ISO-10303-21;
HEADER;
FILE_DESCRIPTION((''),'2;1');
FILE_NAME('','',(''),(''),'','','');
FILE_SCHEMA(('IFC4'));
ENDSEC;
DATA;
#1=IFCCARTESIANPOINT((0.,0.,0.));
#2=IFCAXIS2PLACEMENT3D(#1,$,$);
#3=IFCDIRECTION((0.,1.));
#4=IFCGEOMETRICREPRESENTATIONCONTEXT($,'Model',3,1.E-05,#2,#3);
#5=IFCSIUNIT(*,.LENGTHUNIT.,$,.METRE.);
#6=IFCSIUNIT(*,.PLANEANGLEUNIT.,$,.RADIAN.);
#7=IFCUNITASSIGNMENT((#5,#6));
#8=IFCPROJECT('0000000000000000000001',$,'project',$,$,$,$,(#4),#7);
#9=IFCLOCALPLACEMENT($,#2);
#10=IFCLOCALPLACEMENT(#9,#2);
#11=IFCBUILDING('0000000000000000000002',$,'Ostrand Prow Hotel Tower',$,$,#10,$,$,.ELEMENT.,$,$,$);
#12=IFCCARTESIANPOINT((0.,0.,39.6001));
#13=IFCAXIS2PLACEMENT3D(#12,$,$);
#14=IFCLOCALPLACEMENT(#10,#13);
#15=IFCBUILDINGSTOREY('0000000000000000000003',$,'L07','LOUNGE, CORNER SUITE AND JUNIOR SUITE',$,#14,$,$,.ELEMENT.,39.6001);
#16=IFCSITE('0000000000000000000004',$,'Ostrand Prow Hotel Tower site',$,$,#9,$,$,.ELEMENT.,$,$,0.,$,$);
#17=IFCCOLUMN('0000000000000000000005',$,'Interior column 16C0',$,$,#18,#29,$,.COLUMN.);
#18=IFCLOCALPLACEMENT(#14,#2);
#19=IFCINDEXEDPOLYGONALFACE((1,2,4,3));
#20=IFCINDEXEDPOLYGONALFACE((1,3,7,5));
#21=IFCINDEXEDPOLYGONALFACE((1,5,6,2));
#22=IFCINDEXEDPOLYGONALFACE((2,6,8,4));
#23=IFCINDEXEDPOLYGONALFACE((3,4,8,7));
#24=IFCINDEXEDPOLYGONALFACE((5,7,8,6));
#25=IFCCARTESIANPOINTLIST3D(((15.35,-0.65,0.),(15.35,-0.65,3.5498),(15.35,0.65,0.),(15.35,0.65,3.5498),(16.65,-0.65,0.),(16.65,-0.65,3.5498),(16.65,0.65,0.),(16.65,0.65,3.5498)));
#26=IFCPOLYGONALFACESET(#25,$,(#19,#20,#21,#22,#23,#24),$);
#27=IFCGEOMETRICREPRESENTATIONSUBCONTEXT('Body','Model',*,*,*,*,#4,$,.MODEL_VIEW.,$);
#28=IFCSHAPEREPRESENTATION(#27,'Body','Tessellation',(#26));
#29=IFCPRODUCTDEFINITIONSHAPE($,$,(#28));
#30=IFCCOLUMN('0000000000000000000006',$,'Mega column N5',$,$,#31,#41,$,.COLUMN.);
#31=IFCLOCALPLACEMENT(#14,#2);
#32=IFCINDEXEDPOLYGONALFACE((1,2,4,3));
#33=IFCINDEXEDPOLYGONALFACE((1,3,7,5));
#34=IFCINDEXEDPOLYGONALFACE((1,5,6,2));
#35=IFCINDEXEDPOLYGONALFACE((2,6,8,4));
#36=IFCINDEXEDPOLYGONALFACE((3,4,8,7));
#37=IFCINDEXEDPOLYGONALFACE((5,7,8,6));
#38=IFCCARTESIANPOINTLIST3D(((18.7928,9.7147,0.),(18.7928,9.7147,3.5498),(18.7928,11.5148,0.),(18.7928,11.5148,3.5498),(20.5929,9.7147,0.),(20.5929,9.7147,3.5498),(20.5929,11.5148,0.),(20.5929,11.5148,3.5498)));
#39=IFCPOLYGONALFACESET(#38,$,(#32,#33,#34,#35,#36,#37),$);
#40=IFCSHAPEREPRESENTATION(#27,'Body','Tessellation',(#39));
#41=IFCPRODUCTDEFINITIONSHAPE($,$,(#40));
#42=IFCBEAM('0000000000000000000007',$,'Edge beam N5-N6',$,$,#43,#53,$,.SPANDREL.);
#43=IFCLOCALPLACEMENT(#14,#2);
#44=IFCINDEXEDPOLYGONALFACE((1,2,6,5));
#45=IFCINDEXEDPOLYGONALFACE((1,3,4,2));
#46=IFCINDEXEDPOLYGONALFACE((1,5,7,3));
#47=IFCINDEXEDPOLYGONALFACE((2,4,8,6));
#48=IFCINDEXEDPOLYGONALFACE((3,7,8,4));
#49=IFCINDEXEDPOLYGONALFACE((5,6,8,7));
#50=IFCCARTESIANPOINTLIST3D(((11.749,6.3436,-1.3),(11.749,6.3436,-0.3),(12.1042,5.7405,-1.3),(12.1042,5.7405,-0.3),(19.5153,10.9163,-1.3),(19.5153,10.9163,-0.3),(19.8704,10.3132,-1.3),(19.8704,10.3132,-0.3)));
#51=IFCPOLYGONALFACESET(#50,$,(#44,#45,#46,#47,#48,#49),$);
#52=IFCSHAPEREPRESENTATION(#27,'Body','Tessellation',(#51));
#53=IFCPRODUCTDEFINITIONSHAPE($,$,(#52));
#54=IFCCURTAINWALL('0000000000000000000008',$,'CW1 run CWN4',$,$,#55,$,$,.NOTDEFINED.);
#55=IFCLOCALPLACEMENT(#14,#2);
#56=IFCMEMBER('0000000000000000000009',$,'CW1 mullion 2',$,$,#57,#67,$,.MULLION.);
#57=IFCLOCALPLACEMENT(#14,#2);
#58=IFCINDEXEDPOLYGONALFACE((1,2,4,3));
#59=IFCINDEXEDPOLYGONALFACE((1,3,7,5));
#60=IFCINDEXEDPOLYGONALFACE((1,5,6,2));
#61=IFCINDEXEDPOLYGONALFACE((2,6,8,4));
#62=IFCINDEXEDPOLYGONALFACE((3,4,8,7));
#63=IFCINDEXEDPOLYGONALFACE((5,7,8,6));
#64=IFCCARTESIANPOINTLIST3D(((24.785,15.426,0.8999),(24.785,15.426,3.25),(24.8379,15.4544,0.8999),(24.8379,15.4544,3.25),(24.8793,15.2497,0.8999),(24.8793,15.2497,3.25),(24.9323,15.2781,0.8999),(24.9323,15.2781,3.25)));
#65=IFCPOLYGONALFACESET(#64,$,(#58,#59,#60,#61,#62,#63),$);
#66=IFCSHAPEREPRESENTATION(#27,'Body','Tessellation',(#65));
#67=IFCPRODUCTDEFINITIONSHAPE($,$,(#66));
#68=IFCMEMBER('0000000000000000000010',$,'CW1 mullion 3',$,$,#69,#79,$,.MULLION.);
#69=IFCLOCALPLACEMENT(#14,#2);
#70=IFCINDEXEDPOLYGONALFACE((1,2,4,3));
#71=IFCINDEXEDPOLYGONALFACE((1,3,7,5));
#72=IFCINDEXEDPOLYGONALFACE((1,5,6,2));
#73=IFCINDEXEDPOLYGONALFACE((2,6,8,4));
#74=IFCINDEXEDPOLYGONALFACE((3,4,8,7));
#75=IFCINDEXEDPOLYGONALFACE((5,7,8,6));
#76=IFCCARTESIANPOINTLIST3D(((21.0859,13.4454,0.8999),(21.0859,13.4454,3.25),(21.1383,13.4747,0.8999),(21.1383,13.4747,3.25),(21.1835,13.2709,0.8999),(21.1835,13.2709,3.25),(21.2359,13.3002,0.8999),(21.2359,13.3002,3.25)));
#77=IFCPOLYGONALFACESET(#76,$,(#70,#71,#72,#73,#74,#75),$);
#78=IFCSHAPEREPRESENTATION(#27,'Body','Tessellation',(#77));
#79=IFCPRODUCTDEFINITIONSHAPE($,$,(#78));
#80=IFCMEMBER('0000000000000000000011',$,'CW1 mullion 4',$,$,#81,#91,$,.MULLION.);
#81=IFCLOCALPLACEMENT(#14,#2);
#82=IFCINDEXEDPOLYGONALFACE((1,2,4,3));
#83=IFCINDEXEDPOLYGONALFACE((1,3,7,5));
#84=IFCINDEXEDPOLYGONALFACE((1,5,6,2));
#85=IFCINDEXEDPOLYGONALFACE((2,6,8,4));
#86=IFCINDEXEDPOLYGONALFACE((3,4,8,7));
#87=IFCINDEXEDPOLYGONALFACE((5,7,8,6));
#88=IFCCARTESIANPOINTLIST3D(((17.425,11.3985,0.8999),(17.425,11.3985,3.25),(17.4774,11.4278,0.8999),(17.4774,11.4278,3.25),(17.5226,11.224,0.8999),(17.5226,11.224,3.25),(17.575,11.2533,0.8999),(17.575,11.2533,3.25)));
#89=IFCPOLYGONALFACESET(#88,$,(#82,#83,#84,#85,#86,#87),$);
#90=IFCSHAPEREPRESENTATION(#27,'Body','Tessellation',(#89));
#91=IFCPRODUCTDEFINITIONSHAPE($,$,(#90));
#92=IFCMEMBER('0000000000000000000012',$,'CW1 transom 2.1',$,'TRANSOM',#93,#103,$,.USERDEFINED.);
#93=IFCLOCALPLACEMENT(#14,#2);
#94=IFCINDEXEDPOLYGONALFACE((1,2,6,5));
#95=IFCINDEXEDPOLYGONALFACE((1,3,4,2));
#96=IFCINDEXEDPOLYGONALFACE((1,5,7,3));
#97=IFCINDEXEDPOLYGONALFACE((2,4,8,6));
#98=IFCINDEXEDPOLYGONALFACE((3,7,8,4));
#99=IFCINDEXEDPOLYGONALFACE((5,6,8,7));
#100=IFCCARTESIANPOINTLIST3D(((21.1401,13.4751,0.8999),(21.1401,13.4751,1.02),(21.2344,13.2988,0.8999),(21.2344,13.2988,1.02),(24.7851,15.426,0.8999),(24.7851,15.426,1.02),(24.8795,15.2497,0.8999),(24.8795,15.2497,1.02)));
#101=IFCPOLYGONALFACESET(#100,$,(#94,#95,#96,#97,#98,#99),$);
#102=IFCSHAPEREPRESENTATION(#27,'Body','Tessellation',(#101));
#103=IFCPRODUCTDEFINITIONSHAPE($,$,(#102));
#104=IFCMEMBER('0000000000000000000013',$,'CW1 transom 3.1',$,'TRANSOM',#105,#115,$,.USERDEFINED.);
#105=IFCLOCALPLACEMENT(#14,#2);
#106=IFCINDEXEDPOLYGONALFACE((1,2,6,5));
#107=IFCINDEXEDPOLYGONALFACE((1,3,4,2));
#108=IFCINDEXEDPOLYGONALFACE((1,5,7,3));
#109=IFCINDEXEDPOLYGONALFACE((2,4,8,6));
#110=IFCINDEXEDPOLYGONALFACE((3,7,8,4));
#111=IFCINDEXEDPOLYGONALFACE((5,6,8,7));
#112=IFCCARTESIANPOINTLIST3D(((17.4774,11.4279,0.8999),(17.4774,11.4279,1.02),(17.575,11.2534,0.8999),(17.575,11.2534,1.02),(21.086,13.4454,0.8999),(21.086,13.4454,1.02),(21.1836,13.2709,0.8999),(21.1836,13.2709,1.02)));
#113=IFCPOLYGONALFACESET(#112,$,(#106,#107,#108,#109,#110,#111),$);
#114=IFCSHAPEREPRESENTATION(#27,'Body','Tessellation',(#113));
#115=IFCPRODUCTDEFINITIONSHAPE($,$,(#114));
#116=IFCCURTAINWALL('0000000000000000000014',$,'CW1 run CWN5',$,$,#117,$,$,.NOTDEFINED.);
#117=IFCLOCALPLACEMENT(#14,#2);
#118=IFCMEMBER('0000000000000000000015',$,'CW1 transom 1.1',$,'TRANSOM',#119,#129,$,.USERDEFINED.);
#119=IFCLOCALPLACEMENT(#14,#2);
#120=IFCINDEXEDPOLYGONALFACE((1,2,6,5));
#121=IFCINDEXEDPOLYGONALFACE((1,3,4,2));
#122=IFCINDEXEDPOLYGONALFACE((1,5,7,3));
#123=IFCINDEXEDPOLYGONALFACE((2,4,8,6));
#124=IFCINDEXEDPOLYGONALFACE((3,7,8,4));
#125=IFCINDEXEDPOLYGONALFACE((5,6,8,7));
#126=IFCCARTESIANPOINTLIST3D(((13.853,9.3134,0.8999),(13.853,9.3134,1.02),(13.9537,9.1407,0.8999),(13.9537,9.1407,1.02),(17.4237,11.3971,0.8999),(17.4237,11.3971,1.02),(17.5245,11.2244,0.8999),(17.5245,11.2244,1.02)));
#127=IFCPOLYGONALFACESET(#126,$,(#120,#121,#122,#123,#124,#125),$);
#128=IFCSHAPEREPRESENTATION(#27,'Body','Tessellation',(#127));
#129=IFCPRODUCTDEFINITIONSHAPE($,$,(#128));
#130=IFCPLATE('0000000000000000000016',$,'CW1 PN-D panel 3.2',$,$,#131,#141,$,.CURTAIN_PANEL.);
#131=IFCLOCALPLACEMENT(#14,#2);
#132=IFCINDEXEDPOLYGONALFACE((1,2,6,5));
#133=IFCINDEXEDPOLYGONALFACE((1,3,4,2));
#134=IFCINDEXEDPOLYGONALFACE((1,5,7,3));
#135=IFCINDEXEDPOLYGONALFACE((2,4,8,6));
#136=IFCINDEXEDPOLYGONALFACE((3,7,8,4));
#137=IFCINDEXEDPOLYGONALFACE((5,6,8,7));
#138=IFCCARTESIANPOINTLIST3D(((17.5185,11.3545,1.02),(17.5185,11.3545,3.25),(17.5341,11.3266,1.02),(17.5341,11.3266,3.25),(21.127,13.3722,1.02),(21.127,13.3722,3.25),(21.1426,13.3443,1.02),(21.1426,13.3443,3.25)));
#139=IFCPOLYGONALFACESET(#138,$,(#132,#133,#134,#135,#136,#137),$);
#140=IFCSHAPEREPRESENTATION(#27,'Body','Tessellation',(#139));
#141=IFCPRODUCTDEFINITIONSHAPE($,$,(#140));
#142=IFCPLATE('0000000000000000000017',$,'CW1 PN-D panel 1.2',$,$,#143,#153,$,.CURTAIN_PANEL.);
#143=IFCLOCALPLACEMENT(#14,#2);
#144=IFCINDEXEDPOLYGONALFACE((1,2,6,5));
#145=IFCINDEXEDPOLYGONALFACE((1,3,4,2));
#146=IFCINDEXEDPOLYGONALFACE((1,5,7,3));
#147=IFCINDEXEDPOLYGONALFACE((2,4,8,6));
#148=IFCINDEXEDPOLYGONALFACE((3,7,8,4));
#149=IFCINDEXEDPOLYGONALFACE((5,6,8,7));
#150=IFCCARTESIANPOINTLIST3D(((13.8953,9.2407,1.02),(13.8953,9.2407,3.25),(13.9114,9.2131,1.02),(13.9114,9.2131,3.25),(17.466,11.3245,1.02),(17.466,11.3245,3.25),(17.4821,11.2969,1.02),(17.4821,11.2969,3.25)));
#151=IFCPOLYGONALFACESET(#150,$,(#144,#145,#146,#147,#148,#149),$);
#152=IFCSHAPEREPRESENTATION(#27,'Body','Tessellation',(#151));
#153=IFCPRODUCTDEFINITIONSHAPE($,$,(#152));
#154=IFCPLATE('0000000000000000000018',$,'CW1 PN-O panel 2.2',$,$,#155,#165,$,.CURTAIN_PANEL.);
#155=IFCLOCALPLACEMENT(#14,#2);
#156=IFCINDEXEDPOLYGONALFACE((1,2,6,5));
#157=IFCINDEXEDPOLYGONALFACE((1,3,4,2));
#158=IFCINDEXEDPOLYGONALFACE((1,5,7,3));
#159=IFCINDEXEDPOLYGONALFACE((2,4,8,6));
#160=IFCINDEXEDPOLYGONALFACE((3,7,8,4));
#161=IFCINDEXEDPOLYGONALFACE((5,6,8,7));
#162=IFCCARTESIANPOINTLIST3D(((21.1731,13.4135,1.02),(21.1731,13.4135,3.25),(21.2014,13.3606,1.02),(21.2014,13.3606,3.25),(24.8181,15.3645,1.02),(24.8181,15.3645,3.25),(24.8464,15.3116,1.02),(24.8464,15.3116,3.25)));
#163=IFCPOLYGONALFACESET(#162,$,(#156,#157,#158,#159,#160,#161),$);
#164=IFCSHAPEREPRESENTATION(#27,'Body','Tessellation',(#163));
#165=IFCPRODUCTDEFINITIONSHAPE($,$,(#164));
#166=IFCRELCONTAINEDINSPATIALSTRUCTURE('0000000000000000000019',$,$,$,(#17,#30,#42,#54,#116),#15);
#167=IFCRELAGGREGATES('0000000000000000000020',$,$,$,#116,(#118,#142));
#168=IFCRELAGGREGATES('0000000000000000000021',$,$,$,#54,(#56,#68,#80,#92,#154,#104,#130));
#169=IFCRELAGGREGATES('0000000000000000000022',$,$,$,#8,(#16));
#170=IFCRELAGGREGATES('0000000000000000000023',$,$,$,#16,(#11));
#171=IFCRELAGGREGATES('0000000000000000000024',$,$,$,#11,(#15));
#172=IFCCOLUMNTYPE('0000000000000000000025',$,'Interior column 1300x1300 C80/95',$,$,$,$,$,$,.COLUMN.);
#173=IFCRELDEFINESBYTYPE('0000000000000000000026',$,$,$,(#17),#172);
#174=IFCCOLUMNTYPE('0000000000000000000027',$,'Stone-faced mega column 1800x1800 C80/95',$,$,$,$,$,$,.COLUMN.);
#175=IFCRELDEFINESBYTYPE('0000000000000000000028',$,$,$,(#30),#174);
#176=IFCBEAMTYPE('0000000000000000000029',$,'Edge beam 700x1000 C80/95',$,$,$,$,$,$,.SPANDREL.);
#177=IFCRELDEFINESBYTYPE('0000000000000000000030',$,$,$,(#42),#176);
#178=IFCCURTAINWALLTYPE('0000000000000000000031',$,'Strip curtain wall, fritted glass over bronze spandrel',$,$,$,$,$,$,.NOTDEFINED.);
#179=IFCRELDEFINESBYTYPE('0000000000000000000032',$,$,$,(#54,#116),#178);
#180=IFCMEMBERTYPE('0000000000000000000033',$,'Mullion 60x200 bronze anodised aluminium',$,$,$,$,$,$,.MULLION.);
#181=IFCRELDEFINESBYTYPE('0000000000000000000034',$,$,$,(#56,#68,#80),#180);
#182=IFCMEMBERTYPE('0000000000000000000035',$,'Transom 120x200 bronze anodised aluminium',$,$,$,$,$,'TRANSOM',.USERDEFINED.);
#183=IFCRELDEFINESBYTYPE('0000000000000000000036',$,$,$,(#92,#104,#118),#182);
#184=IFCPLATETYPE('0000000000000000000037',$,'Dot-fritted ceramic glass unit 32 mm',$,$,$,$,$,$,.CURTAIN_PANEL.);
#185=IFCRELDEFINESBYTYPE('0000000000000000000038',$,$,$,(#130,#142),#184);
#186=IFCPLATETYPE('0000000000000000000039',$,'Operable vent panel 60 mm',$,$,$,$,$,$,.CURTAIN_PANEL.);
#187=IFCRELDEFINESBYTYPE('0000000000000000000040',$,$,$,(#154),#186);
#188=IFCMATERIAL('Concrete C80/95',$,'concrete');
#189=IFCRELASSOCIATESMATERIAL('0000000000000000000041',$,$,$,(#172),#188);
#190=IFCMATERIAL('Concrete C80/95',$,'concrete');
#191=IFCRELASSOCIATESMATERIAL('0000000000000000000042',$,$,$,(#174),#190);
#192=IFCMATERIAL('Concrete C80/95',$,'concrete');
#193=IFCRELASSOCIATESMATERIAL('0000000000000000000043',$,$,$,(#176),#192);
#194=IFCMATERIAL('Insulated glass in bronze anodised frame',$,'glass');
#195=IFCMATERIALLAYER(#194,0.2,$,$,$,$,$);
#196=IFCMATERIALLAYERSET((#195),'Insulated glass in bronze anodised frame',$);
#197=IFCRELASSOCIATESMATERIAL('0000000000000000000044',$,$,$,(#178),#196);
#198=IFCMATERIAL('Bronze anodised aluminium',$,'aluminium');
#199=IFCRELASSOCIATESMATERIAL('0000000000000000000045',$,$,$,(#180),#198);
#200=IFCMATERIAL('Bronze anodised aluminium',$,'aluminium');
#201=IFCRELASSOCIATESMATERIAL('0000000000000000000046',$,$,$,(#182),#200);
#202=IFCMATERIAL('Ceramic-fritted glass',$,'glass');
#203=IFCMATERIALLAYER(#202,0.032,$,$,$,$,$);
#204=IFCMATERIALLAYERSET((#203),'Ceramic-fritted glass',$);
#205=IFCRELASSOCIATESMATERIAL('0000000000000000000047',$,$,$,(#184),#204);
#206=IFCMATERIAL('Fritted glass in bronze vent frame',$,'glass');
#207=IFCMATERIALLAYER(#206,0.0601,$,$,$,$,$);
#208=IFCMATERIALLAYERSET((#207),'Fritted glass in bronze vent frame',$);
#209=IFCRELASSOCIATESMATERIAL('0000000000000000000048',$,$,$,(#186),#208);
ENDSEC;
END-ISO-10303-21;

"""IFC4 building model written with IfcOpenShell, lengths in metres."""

from ifc_helpers import new_model, si_unit, direction, frame, origin, origin_2d, place, context, subcontext, project, spatial, rectangle, extrude, material, layer, layer_set, material_profile, profile_set, type_object, element, aggregate, save


model = new_model("IFC4")

# Units and contexts
model_context = context("Model", 3, precision=1e-05, world=origin(), true_north=direction((0.0, 1.0)))
body_context = subcontext(model_context, "Body", "Model", "MODEL_VIEW")
ifc_project = project(units=[si_unit("LENGTHUNIT", "METRE"), si_unit("PLANEANGLEUNIT", "RADIAN")], contexts=[model_context])

# Site, building, storey
site_placement = place(None, origin())
site = spatial("IfcSite", under=ifc_project, at=site_placement, Name="Ostrand Prow Hotel Tower site", CompositionType="ELEMENT", RefElevation=0.0)
building_placement = place(site_placement, origin())
building = spatial("IfcBuilding", under=site, at=building_placement, Name="Ostrand Prow Hotel Tower", CompositionType="ELEMENT")
storey_placement = place(building_placement, frame((0.0, 0.0, 39.6001)))
storey = spatial("IfcBuildingStorey", under=building, at=storey_placement, Name="L07", Description="LOUNGE, CORNER SUITE AND JUNIOR SUITE", CompositionType="ELEMENT", Elevation=39.6001)

# Columns
ifc_material_1 = material(Name="Concrete C80/95", Category="concrete")
ifc_material_profile_1 = material_profile(ifc_material_1, rectangle(XDim=1.3, YDim=1.3, at=origin_2d()), Name="RC 1300x1300")
ifc_profile_set_1 = profile_set([ifc_material_profile_1], Name="Concrete C80/95")
column_type_1 = type_object("IfcColumnType", Name="Interior column 1300x1300 C80/95", PredefinedType="COLUMN", material=ifc_profile_set_1)
column_1_placement = place(storey_placement, frame((16.0, 0.0, 0.0), z_axis=(0.0, 0.0, 1.0), x_axis=(1.0, 0.0, 0.0)))
element("IfcColumn", 1, at=column_1_placement, inside=storey, type_object=column_type_1, Name="Interior column 16C0", PredefinedType="COLUMN", context=body_context, shape_type="SweptSolid", body=[
    extrude(rectangle(XDim=1.3, YDim=1.3, at=origin_2d()), origin(), (0.0, 0.0, 1.0), 3.5498),
])
ifc_material_2 = material(Name="Concrete C80/95", Category="concrete")
ifc_material_profile_2 = material_profile(ifc_material_2, rectangle(XDim=1.8, YDim=1.8, at=origin_2d()), Name="RC 1800x1800")
ifc_profile_set_2 = profile_set([ifc_material_profile_2], Name="Concrete C80/95")
column_type_2 = type_object("IfcColumnType", Name="Stone-faced mega column 1800x1800 C80/95", PredefinedType="COLUMN", material=ifc_profile_set_2)
column_2_placement = place(storey_placement, frame((19.6929, 10.6147, 0.0), z_axis=(0.0, 0.0, 1.0), x_axis=(1.0, 0.0, 0.0)))
element("IfcColumn", 2, at=column_2_placement, inside=storey, type_object=column_type_2, Name="Mega column N5", PredefinedType="COLUMN", context=body_context, shape_type="SweptSolid", body=[
    extrude(rectangle(XDim=1.8, YDim=1.8, at=origin_2d()), origin(), (0.0, 0.0, 1.0), 3.5498),
])

# Beam
ifc_material_3 = material(Name="Concrete C80/95", Category="concrete")
ifc_material_profile_3 = material_profile(ifc_material_3, rectangle(XDim=0.7, YDim=1.0, at=origin_2d()), Name="RC 700x1000")
ifc_profile_set_3 = profile_set([ifc_material_profile_3], Name="Concrete C80/95")
beam_type = type_object("IfcBeamType", Name="Edge beam 700x1000 C80/95", PredefinedType="SPANDREL", material=ifc_profile_set_3)
beam_placement = place(storey_placement, frame((19.6929, 10.6147, -0.8), z_axis=(-0.861725, -0.507375, 0.0), x_axis=(0.507375, -0.861725, 0.0)))
element("IfcBeam", 3, at=beam_placement, inside=storey, type_object=beam_type, Name="Edge beam N5-N6", PredefinedType="SPANDREL", context=body_context, shape_type="SweptSolid", body=[
    extrude(rectangle(XDim=0.7, YDim=1.0, at=origin_2d()), origin(), (0.0, 0.0, 1.0), 9.0125),
])

# Curtain wall, members
ifc_material_4 = material(Name="Insulated glass in bronze anodised frame", Category="glass")
ifc_layer_1 = layer(ifc_material_4, 0.2)
ifc_layer_set_1 = layer_set([ifc_layer_1], Name="Insulated glass in bronze anodised frame")
curtain_wall_type = type_object("IfcCurtainWallType", Name="Strip curtain wall, fritted glass over bronze spandrel", PredefinedType="NOTDEFINED", material=ifc_layer_set_1)
curtain_wall_1_placement = place(storey_placement, origin())
curtain_wall_1 = element("IfcCurtainWall", 4, at=curtain_wall_1_placement, inside=storey, type_object=curtain_wall_type, Name="CW1 run CWN4", PredefinedType="NOTDEFINED")
ifc_material_5 = material(Name="Bronze anodised aluminium", Category="aluminium")
ifc_material_profile_4 = material_profile(ifc_material_5, rectangle(XDim=0.2, YDim=0.0601, at=origin_2d()), Name="Mullion 60x200 bronze anodised aluminium")
ifc_profile_set_4 = profile_set([ifc_material_profile_4], Name="Bronze anodised aluminium")
member_type_1 = type_object("IfcMemberType", Name="Mullion 60x200 bronze anodised aluminium", PredefinedType="MULLION", material=ifc_profile_set_4)
member_1_placement = place(storey_placement, frame((24.8586, 15.3521, 0.8999), z_axis=(0.0, 0.0, 1.0), x_axis=(0.4719, -0.881652, 0.0)))
member_1 = element("IfcMember", 5, at=member_1_placement, type_object=member_type_1, Name="CW1 mullion 2", PredefinedType="MULLION", context=body_context, shape_type="SweptSolid", body=[
    extrude(rectangle(XDim=0.2, YDim=0.0601, at=origin_2d()), origin(), (0.0, 0.0, 1.0), 2.3501),
])
member_2_placement = place(storey_placement, frame((21.1609, 13.3728, 0.8999), z_axis=(0.0, 0.0, 1.0), x_axis=(0.488044, -0.872819, 0.0)))
member_2 = element("IfcMember", 6, at=member_2_placement, type_object=member_type_1, Name="CW1 mullion 3", PredefinedType="MULLION", context=body_context, shape_type="SweptSolid", body=[
    extrude(rectangle(XDim=0.2, YDim=0.0601, at=origin_2d()), origin(), (0.0, 0.0, 1.0), 2.3501),
])
member_3_placement = place(storey_placement, frame((17.5, 11.3259, 0.8999), z_axis=(0.0, 0.0, 1.0), x_axis=(0.488044, -0.872819, 0.0)))
member_3 = element("IfcMember", 7, at=member_3_placement, type_object=member_type_1, Name="CW1 mullion 4", PredefinedType="MULLION", context=body_context, shape_type="SweptSolid", body=[
    extrude(rectangle(XDim=0.2, YDim=0.0601, at=origin_2d()), origin(), (0.0, 0.0, 1.0), 2.3501),
])
ifc_material_6 = material(Name="Bronze anodised aluminium", Category="aluminium")
ifc_material_profile_5 = material_profile(ifc_material_6, rectangle(XDim=0.2, YDim=0.1201, at=origin_2d()), Name="Transom 120x200 bronze anodised aluminium")
ifc_profile_set_5 = profile_set([ifc_material_profile_5], Name="Bronze anodised aluminium")
member_type_2 = type_object("IfcMemberType", Name="Transom 120x200 bronze anodised aluminium", ElementType="TRANSOM", PredefinedType="USERDEFINED", material=ifc_profile_set_5)
member_4_placement = place(storey_placement, frame((24.8323, 15.3379, 0.96), z_axis=(-0.881657, -0.47189, 0.0), x_axis=(0.47189, -0.881657, 0.0)))
member_4 = element("IfcMember", 8, at=member_4_placement, type_object=member_type_2, Name="CW1 transom 2.1", ObjectType="TRANSOM", PredefinedType="USERDEFINED", context=body_context, shape_type="SweptSolid", body=[
    extrude(rectangle(XDim=0.2, YDim=0.1201, at=origin_2d()), origin(), (0.0, 0.0, 1.0), 4.1343),
])
member_5_placement = place(storey_placement, frame((21.1348, 13.3582, 0.96), z_axis=(-0.872842, -0.488003, 0.0), x_axis=(0.488003, -0.872842, 0.0)))
member_5 = element("IfcMember", 9, at=member_5_placement, type_object=member_type_2, Name="CW1 transom 3.1", ObjectType="TRANSOM", PredefinedType="USERDEFINED", context=body_context, shape_type="SweptSolid", body=[
    extrude(rectangle(XDim=0.2, YDim=0.1201, at=origin_2d()), origin(), (0.0, 0.0, 1.0), 4.1343),
])

# Curtain wall, member
curtain_wall_2_placement = place(storey_placement, origin())
curtain_wall_2 = element("IfcCurtainWall", 10, at=curtain_wall_2_placement, inside=storey, type_object=curtain_wall_type, Name="CW1 run CWN5", PredefinedType="NOTDEFINED")
member_6_placement = place(storey_placement, frame((17.4741, 11.3108, 0.96), z_axis=(-0.863698, -0.504011, 0.0), x_axis=(0.504011, -0.863698, 0.0)))
member_6 = element("IfcMember", 11, at=member_6_placement, type_object=member_type_2, Name="CW1 transom 1.1", ObjectType="TRANSOM", PredefinedType="USERDEFINED", context=body_context, shape_type="SweptSolid", body=[
    extrude(rectangle(XDim=0.2, YDim=0.1201, at=origin_2d()), origin(), (0.0, 0.0, 1.0), 4.1343),
])

# Plates
ifc_material_7 = material(Name="Ceramic-fritted glass", Category="glass")
ifc_layer_2 = layer(ifc_material_7, 0.032)
ifc_layer_set_2 = layer_set([ifc_layer_2], Name="Ceramic-fritted glass")
plate_type_1 = type_object("IfcPlateType", Name="Dot-fritted ceramic glass unit 32 mm", PredefinedType="CURTAIN_PANEL", material=ifc_layer_set_2)
plate_1_placement = place(storey_placement, frame((19.3306, 12.3494, 1.02), z_axis=(0.0, 0.0, 1.0), x_axis=(-0.872819, -0.488044, 0.0)))
plate_1 = element("IfcPlate", 12, at=plate_1_placement, type_object=plate_type_1, Name="CW1 PN-D panel 3.2", PredefinedType="CURTAIN_PANEL", context=body_context, shape_type="SweptSolid", body=[
    extrude(rectangle(XDim=4.1343, YDim=0.032, at=origin_2d()), origin(), (0.0, 0.0, 1.0), 2.23),
])
plate_2_placement = place(storey_placement, frame((15.6887, 10.2688, 1.02), z_axis=(0.0, 0.0, 1.0), x_axis=(-0.86369, -0.504023, 0.0)))
plate_2 = element("IfcPlate", 13, at=plate_2_placement, type_object=plate_type_1, Name="CW1 PN-D panel 1.2", PredefinedType="CURTAIN_PANEL", context=body_context, shape_type="SweptSolid", body=[
    extrude(rectangle(XDim=4.1343, YDim=0.032, at=origin_2d()), origin(), (0.0, 0.0, 1.0), 2.23),
])
aggregate(curtain_wall_2, [member_6, plate_2])
ifc_material_8 = material(Name="Fritted glass in bronze vent frame", Category="glass")
ifc_layer_3 = layer(ifc_material_8, 0.0601)
ifc_layer_set_3 = layer_set([ifc_layer_3], Name="Fritted glass in bronze vent frame")
plate_type_2 = type_object("IfcPlateType", Name="Operable vent panel 60 mm", PredefinedType="CURTAIN_PANEL", material=ifc_layer_set_3)
plate_3_placement = place(storey_placement, frame((23.0098, 14.3625, 1.02), z_axis=(0.0, 0.0, 1.0), x_axis=(-0.881652, -0.4719, 0.0)))
plate_3 = element("IfcPlate", 14, at=plate_3_placement, type_object=plate_type_2, Name="CW1 PN-O panel 2.2", PredefinedType="CURTAIN_PANEL", context=body_context, shape_type="SweptSolid", body=[
    extrude(rectangle(XDim=4.1343, YDim=0.0601, at=origin_2d()), origin(), (0.0, 0.0, 1.0), 2.23),
])
aggregate(curtain_wall_1, [member_1, member_2, member_3, member_4, plate_3, member_5, plate_1])

save(model, "model.ifc")
